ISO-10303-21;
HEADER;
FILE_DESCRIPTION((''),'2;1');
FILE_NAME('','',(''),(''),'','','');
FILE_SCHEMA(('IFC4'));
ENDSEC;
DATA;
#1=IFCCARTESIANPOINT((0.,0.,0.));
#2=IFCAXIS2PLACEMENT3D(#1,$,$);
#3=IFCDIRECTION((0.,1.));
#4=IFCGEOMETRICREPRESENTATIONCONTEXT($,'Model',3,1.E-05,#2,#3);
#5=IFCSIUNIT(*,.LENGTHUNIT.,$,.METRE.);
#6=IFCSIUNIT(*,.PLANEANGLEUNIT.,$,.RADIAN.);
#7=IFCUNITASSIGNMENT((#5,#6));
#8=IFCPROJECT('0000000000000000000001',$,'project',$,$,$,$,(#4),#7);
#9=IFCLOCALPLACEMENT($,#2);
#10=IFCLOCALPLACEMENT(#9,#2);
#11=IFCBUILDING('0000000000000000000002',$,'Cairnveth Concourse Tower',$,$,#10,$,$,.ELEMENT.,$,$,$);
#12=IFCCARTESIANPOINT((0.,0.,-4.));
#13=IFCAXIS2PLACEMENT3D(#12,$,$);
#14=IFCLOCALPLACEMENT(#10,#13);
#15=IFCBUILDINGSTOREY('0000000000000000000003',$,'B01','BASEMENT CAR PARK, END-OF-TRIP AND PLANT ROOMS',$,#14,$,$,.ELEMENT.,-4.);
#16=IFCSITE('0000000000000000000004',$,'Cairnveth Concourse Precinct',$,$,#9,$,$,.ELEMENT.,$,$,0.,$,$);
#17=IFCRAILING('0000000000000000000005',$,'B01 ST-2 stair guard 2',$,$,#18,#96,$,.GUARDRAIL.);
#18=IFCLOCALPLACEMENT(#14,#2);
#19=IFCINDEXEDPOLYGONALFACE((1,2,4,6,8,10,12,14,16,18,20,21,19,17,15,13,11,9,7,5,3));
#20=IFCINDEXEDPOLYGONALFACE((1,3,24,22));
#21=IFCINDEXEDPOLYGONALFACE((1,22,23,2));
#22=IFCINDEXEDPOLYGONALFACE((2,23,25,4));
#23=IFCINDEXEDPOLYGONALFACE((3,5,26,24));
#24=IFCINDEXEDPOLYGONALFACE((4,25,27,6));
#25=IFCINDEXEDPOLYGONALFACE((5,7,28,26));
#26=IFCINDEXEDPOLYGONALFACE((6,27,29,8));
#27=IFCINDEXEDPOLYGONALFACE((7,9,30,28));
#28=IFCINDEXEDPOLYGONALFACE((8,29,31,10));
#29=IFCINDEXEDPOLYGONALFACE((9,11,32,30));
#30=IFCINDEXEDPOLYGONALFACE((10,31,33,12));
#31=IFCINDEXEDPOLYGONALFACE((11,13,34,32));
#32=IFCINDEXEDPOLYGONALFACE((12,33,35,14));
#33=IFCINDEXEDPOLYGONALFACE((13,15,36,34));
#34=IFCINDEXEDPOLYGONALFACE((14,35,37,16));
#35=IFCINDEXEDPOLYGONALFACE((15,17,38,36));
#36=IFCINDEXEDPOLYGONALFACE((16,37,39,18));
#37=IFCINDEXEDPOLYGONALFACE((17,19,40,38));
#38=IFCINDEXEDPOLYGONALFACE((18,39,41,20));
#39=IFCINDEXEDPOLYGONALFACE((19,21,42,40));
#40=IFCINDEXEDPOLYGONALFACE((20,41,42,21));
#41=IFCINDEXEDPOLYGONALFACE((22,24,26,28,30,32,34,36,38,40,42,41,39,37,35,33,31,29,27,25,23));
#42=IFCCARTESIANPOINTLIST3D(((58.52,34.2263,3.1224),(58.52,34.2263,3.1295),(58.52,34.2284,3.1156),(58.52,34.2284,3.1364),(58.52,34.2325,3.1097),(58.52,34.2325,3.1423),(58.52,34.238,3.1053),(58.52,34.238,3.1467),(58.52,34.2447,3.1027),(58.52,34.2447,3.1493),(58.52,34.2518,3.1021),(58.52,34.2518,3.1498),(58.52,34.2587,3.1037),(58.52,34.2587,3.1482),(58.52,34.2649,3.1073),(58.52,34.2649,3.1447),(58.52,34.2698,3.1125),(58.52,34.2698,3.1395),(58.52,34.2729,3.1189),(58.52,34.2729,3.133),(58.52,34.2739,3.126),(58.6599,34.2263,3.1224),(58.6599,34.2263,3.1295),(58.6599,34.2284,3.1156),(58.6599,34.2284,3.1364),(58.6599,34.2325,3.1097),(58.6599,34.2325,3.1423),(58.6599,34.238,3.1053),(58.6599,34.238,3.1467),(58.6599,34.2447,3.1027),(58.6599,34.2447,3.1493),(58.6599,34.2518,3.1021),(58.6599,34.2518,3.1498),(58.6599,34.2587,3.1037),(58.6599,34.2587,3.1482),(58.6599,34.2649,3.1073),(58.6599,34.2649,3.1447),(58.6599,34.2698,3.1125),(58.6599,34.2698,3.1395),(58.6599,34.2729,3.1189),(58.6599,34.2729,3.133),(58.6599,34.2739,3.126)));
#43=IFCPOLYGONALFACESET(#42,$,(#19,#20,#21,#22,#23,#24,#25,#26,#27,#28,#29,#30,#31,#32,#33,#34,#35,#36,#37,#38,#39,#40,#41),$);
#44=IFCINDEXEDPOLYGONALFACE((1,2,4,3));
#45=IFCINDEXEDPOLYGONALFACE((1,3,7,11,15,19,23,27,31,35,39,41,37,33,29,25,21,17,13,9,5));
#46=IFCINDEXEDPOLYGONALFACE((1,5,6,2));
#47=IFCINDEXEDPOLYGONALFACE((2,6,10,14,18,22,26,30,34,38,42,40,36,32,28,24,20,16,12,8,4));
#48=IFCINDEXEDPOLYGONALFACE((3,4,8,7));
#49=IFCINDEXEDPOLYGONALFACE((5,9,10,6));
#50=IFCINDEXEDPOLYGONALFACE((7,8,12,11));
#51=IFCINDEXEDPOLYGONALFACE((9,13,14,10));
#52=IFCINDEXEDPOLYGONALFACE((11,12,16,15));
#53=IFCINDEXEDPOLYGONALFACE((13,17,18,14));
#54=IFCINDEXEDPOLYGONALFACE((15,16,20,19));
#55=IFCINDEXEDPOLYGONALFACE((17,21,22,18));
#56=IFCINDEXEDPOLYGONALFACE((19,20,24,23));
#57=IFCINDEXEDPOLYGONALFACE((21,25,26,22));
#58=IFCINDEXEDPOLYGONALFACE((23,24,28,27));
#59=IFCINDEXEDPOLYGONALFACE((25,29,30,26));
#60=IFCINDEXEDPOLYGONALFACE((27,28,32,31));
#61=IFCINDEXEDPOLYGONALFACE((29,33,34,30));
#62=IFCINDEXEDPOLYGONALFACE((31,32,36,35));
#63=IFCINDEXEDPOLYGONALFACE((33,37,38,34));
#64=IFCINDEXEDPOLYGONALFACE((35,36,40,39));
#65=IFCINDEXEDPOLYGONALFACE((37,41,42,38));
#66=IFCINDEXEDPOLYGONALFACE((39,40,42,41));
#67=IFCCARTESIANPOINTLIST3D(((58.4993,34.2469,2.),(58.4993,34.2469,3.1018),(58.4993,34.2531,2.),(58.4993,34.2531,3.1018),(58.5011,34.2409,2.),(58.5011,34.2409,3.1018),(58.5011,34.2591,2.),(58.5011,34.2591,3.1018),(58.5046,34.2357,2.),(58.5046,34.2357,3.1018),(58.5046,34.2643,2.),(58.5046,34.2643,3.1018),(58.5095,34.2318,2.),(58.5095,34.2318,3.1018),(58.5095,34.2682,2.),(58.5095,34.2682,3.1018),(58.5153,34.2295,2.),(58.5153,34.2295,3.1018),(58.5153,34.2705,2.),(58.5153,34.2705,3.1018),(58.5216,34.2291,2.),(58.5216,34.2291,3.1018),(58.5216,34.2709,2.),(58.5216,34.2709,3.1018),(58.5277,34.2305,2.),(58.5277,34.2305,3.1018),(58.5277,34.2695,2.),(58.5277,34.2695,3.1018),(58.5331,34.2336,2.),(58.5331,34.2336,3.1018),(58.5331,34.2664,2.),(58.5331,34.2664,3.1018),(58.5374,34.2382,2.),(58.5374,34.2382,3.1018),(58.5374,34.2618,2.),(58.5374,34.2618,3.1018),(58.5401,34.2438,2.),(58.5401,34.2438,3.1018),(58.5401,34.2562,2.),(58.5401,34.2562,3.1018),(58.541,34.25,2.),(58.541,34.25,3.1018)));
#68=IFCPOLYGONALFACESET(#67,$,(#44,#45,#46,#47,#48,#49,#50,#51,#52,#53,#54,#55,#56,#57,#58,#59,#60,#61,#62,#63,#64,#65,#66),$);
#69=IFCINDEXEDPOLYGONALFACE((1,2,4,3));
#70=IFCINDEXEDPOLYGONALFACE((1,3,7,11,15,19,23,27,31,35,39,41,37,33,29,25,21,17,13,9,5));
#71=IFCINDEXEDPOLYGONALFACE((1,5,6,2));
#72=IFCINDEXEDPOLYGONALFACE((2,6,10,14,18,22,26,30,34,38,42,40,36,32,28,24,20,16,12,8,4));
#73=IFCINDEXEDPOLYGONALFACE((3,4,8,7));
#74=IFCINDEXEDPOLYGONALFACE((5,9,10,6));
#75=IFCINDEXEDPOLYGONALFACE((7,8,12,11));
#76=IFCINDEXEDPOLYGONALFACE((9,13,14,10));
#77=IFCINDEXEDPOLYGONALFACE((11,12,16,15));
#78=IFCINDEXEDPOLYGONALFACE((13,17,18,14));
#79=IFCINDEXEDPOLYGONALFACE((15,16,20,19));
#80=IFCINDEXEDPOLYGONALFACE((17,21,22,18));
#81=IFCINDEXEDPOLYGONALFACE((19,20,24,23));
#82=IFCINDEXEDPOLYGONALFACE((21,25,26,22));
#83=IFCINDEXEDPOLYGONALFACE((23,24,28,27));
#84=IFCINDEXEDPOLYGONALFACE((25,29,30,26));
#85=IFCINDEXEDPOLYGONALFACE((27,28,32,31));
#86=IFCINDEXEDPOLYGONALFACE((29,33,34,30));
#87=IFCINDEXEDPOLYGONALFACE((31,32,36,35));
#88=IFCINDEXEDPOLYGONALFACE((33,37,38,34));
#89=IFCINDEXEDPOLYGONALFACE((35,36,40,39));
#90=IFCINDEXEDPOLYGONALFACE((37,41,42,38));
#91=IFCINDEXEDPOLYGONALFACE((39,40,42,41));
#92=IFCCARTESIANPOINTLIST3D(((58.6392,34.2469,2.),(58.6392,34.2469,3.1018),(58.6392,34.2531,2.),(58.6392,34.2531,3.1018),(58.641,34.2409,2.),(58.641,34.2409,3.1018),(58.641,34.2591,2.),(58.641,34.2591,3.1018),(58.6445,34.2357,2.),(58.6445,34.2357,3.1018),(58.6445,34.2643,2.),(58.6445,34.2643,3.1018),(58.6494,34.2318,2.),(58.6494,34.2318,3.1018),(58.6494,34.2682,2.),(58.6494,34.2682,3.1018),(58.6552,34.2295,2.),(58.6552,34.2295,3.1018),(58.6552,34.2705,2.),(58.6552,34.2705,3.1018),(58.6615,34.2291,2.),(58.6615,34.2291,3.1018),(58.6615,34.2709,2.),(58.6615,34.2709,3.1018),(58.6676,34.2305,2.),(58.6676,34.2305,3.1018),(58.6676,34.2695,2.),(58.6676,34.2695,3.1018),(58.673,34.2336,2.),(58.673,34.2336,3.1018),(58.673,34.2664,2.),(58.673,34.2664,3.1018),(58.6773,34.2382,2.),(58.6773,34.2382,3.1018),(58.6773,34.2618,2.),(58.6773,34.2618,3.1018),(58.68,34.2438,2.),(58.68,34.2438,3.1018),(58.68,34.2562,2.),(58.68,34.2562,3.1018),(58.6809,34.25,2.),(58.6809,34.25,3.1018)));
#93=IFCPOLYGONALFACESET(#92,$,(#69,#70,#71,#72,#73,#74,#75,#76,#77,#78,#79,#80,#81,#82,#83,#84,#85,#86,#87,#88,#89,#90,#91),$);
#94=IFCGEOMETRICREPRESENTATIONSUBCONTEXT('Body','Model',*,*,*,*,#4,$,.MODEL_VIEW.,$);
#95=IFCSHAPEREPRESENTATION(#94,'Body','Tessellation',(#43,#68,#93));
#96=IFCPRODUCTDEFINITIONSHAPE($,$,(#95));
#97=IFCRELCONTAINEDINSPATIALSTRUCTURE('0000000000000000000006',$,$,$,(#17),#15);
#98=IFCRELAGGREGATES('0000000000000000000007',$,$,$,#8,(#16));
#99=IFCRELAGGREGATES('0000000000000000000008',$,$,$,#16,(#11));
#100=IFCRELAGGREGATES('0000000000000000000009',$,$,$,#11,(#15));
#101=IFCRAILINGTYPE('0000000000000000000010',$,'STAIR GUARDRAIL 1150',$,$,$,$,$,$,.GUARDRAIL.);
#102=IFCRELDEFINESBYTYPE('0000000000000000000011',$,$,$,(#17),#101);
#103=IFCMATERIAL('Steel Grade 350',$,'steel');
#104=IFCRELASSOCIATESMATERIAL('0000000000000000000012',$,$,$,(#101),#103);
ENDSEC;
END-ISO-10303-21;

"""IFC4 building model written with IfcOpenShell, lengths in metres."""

from ifc_helpers import new_model, si_unit, direction, frame, origin, origin_2d, place, context, subcontext, project, spatial, circle, extrude, material, type_object, element, save


model = new_model("IFC4")

# Units and contexts
model_context = context("Model", 3, precision=1e-05, world=origin(), true_north=direction((0.0, 1.0)))
body_context = subcontext(model_context, "Body", "Model", "MODEL_VIEW")
ifc_project = project(units=[si_unit("LENGTHUNIT", "METRE"), si_unit("PLANEANGLEUNIT", "RADIAN")], contexts=[model_context])

# Site, building, storey
site_placement = place(None, origin())
site = spatial("IfcSite", under=ifc_project, at=site_placement, Name="Cairnveth Concourse Precinct", CompositionType="ELEMENT", RefElevation=0.0)
building_placement = place(site_placement, origin())
building = spatial("IfcBuilding", under=site, at=building_placement, Name="Cairnveth Concourse Tower", CompositionType="ELEMENT")
storey_placement = place(building_placement, frame((0.0, 0.0, -4.0)))
storey = spatial("IfcBuildingStorey", under=building, at=storey_placement, Name="B01", Description="BASEMENT CAR PARK, END-OF-TRIP AND PLANT ROOMS", CompositionType="ELEMENT", Elevation=-4.0)

# Shared definitions
ifc_material_1 = material(Name="Steel Grade 350", Category="steel")

# Railing
railing_type_1 = type_object("IfcRailingType", Name="STAIR GUARDRAIL 1150", PredefinedType="GUARDRAIL", material=ifc_material_1)
railing_1_placement = place(storey_placement, frame((58.52, 34.25, 2.0)))
element("IfcRailing", 1, at=railing_1_placement, inside=storey, type_object=railing_type_1, Name="B01 ST-2 stair guard 2", PredefinedType="GUARDRAIL", context=body_context, shape_type="SweptSolid", body=[
    extrude(circle(Radius=0.0239, at=origin_2d()), frame((0.0, 0.0, 1.126), z_axis=(1.0, 0.0, 0.0), x_axis=(0.0, 1.0, 0.0)), (0.0, 0.0, 1.0), 0.1399),
    extrude(circle(Radius=0.021, at=origin_2d()), origin(), (0.0, 0.0, 1.0), 1.1018),
    extrude(circle(Radius=0.021, at=origin_2d()), frame((0.1399, 0.0, 0.0)), (0.0, 0.0, 1.0), 1.1018),
])

save(model, "model.ifc")
